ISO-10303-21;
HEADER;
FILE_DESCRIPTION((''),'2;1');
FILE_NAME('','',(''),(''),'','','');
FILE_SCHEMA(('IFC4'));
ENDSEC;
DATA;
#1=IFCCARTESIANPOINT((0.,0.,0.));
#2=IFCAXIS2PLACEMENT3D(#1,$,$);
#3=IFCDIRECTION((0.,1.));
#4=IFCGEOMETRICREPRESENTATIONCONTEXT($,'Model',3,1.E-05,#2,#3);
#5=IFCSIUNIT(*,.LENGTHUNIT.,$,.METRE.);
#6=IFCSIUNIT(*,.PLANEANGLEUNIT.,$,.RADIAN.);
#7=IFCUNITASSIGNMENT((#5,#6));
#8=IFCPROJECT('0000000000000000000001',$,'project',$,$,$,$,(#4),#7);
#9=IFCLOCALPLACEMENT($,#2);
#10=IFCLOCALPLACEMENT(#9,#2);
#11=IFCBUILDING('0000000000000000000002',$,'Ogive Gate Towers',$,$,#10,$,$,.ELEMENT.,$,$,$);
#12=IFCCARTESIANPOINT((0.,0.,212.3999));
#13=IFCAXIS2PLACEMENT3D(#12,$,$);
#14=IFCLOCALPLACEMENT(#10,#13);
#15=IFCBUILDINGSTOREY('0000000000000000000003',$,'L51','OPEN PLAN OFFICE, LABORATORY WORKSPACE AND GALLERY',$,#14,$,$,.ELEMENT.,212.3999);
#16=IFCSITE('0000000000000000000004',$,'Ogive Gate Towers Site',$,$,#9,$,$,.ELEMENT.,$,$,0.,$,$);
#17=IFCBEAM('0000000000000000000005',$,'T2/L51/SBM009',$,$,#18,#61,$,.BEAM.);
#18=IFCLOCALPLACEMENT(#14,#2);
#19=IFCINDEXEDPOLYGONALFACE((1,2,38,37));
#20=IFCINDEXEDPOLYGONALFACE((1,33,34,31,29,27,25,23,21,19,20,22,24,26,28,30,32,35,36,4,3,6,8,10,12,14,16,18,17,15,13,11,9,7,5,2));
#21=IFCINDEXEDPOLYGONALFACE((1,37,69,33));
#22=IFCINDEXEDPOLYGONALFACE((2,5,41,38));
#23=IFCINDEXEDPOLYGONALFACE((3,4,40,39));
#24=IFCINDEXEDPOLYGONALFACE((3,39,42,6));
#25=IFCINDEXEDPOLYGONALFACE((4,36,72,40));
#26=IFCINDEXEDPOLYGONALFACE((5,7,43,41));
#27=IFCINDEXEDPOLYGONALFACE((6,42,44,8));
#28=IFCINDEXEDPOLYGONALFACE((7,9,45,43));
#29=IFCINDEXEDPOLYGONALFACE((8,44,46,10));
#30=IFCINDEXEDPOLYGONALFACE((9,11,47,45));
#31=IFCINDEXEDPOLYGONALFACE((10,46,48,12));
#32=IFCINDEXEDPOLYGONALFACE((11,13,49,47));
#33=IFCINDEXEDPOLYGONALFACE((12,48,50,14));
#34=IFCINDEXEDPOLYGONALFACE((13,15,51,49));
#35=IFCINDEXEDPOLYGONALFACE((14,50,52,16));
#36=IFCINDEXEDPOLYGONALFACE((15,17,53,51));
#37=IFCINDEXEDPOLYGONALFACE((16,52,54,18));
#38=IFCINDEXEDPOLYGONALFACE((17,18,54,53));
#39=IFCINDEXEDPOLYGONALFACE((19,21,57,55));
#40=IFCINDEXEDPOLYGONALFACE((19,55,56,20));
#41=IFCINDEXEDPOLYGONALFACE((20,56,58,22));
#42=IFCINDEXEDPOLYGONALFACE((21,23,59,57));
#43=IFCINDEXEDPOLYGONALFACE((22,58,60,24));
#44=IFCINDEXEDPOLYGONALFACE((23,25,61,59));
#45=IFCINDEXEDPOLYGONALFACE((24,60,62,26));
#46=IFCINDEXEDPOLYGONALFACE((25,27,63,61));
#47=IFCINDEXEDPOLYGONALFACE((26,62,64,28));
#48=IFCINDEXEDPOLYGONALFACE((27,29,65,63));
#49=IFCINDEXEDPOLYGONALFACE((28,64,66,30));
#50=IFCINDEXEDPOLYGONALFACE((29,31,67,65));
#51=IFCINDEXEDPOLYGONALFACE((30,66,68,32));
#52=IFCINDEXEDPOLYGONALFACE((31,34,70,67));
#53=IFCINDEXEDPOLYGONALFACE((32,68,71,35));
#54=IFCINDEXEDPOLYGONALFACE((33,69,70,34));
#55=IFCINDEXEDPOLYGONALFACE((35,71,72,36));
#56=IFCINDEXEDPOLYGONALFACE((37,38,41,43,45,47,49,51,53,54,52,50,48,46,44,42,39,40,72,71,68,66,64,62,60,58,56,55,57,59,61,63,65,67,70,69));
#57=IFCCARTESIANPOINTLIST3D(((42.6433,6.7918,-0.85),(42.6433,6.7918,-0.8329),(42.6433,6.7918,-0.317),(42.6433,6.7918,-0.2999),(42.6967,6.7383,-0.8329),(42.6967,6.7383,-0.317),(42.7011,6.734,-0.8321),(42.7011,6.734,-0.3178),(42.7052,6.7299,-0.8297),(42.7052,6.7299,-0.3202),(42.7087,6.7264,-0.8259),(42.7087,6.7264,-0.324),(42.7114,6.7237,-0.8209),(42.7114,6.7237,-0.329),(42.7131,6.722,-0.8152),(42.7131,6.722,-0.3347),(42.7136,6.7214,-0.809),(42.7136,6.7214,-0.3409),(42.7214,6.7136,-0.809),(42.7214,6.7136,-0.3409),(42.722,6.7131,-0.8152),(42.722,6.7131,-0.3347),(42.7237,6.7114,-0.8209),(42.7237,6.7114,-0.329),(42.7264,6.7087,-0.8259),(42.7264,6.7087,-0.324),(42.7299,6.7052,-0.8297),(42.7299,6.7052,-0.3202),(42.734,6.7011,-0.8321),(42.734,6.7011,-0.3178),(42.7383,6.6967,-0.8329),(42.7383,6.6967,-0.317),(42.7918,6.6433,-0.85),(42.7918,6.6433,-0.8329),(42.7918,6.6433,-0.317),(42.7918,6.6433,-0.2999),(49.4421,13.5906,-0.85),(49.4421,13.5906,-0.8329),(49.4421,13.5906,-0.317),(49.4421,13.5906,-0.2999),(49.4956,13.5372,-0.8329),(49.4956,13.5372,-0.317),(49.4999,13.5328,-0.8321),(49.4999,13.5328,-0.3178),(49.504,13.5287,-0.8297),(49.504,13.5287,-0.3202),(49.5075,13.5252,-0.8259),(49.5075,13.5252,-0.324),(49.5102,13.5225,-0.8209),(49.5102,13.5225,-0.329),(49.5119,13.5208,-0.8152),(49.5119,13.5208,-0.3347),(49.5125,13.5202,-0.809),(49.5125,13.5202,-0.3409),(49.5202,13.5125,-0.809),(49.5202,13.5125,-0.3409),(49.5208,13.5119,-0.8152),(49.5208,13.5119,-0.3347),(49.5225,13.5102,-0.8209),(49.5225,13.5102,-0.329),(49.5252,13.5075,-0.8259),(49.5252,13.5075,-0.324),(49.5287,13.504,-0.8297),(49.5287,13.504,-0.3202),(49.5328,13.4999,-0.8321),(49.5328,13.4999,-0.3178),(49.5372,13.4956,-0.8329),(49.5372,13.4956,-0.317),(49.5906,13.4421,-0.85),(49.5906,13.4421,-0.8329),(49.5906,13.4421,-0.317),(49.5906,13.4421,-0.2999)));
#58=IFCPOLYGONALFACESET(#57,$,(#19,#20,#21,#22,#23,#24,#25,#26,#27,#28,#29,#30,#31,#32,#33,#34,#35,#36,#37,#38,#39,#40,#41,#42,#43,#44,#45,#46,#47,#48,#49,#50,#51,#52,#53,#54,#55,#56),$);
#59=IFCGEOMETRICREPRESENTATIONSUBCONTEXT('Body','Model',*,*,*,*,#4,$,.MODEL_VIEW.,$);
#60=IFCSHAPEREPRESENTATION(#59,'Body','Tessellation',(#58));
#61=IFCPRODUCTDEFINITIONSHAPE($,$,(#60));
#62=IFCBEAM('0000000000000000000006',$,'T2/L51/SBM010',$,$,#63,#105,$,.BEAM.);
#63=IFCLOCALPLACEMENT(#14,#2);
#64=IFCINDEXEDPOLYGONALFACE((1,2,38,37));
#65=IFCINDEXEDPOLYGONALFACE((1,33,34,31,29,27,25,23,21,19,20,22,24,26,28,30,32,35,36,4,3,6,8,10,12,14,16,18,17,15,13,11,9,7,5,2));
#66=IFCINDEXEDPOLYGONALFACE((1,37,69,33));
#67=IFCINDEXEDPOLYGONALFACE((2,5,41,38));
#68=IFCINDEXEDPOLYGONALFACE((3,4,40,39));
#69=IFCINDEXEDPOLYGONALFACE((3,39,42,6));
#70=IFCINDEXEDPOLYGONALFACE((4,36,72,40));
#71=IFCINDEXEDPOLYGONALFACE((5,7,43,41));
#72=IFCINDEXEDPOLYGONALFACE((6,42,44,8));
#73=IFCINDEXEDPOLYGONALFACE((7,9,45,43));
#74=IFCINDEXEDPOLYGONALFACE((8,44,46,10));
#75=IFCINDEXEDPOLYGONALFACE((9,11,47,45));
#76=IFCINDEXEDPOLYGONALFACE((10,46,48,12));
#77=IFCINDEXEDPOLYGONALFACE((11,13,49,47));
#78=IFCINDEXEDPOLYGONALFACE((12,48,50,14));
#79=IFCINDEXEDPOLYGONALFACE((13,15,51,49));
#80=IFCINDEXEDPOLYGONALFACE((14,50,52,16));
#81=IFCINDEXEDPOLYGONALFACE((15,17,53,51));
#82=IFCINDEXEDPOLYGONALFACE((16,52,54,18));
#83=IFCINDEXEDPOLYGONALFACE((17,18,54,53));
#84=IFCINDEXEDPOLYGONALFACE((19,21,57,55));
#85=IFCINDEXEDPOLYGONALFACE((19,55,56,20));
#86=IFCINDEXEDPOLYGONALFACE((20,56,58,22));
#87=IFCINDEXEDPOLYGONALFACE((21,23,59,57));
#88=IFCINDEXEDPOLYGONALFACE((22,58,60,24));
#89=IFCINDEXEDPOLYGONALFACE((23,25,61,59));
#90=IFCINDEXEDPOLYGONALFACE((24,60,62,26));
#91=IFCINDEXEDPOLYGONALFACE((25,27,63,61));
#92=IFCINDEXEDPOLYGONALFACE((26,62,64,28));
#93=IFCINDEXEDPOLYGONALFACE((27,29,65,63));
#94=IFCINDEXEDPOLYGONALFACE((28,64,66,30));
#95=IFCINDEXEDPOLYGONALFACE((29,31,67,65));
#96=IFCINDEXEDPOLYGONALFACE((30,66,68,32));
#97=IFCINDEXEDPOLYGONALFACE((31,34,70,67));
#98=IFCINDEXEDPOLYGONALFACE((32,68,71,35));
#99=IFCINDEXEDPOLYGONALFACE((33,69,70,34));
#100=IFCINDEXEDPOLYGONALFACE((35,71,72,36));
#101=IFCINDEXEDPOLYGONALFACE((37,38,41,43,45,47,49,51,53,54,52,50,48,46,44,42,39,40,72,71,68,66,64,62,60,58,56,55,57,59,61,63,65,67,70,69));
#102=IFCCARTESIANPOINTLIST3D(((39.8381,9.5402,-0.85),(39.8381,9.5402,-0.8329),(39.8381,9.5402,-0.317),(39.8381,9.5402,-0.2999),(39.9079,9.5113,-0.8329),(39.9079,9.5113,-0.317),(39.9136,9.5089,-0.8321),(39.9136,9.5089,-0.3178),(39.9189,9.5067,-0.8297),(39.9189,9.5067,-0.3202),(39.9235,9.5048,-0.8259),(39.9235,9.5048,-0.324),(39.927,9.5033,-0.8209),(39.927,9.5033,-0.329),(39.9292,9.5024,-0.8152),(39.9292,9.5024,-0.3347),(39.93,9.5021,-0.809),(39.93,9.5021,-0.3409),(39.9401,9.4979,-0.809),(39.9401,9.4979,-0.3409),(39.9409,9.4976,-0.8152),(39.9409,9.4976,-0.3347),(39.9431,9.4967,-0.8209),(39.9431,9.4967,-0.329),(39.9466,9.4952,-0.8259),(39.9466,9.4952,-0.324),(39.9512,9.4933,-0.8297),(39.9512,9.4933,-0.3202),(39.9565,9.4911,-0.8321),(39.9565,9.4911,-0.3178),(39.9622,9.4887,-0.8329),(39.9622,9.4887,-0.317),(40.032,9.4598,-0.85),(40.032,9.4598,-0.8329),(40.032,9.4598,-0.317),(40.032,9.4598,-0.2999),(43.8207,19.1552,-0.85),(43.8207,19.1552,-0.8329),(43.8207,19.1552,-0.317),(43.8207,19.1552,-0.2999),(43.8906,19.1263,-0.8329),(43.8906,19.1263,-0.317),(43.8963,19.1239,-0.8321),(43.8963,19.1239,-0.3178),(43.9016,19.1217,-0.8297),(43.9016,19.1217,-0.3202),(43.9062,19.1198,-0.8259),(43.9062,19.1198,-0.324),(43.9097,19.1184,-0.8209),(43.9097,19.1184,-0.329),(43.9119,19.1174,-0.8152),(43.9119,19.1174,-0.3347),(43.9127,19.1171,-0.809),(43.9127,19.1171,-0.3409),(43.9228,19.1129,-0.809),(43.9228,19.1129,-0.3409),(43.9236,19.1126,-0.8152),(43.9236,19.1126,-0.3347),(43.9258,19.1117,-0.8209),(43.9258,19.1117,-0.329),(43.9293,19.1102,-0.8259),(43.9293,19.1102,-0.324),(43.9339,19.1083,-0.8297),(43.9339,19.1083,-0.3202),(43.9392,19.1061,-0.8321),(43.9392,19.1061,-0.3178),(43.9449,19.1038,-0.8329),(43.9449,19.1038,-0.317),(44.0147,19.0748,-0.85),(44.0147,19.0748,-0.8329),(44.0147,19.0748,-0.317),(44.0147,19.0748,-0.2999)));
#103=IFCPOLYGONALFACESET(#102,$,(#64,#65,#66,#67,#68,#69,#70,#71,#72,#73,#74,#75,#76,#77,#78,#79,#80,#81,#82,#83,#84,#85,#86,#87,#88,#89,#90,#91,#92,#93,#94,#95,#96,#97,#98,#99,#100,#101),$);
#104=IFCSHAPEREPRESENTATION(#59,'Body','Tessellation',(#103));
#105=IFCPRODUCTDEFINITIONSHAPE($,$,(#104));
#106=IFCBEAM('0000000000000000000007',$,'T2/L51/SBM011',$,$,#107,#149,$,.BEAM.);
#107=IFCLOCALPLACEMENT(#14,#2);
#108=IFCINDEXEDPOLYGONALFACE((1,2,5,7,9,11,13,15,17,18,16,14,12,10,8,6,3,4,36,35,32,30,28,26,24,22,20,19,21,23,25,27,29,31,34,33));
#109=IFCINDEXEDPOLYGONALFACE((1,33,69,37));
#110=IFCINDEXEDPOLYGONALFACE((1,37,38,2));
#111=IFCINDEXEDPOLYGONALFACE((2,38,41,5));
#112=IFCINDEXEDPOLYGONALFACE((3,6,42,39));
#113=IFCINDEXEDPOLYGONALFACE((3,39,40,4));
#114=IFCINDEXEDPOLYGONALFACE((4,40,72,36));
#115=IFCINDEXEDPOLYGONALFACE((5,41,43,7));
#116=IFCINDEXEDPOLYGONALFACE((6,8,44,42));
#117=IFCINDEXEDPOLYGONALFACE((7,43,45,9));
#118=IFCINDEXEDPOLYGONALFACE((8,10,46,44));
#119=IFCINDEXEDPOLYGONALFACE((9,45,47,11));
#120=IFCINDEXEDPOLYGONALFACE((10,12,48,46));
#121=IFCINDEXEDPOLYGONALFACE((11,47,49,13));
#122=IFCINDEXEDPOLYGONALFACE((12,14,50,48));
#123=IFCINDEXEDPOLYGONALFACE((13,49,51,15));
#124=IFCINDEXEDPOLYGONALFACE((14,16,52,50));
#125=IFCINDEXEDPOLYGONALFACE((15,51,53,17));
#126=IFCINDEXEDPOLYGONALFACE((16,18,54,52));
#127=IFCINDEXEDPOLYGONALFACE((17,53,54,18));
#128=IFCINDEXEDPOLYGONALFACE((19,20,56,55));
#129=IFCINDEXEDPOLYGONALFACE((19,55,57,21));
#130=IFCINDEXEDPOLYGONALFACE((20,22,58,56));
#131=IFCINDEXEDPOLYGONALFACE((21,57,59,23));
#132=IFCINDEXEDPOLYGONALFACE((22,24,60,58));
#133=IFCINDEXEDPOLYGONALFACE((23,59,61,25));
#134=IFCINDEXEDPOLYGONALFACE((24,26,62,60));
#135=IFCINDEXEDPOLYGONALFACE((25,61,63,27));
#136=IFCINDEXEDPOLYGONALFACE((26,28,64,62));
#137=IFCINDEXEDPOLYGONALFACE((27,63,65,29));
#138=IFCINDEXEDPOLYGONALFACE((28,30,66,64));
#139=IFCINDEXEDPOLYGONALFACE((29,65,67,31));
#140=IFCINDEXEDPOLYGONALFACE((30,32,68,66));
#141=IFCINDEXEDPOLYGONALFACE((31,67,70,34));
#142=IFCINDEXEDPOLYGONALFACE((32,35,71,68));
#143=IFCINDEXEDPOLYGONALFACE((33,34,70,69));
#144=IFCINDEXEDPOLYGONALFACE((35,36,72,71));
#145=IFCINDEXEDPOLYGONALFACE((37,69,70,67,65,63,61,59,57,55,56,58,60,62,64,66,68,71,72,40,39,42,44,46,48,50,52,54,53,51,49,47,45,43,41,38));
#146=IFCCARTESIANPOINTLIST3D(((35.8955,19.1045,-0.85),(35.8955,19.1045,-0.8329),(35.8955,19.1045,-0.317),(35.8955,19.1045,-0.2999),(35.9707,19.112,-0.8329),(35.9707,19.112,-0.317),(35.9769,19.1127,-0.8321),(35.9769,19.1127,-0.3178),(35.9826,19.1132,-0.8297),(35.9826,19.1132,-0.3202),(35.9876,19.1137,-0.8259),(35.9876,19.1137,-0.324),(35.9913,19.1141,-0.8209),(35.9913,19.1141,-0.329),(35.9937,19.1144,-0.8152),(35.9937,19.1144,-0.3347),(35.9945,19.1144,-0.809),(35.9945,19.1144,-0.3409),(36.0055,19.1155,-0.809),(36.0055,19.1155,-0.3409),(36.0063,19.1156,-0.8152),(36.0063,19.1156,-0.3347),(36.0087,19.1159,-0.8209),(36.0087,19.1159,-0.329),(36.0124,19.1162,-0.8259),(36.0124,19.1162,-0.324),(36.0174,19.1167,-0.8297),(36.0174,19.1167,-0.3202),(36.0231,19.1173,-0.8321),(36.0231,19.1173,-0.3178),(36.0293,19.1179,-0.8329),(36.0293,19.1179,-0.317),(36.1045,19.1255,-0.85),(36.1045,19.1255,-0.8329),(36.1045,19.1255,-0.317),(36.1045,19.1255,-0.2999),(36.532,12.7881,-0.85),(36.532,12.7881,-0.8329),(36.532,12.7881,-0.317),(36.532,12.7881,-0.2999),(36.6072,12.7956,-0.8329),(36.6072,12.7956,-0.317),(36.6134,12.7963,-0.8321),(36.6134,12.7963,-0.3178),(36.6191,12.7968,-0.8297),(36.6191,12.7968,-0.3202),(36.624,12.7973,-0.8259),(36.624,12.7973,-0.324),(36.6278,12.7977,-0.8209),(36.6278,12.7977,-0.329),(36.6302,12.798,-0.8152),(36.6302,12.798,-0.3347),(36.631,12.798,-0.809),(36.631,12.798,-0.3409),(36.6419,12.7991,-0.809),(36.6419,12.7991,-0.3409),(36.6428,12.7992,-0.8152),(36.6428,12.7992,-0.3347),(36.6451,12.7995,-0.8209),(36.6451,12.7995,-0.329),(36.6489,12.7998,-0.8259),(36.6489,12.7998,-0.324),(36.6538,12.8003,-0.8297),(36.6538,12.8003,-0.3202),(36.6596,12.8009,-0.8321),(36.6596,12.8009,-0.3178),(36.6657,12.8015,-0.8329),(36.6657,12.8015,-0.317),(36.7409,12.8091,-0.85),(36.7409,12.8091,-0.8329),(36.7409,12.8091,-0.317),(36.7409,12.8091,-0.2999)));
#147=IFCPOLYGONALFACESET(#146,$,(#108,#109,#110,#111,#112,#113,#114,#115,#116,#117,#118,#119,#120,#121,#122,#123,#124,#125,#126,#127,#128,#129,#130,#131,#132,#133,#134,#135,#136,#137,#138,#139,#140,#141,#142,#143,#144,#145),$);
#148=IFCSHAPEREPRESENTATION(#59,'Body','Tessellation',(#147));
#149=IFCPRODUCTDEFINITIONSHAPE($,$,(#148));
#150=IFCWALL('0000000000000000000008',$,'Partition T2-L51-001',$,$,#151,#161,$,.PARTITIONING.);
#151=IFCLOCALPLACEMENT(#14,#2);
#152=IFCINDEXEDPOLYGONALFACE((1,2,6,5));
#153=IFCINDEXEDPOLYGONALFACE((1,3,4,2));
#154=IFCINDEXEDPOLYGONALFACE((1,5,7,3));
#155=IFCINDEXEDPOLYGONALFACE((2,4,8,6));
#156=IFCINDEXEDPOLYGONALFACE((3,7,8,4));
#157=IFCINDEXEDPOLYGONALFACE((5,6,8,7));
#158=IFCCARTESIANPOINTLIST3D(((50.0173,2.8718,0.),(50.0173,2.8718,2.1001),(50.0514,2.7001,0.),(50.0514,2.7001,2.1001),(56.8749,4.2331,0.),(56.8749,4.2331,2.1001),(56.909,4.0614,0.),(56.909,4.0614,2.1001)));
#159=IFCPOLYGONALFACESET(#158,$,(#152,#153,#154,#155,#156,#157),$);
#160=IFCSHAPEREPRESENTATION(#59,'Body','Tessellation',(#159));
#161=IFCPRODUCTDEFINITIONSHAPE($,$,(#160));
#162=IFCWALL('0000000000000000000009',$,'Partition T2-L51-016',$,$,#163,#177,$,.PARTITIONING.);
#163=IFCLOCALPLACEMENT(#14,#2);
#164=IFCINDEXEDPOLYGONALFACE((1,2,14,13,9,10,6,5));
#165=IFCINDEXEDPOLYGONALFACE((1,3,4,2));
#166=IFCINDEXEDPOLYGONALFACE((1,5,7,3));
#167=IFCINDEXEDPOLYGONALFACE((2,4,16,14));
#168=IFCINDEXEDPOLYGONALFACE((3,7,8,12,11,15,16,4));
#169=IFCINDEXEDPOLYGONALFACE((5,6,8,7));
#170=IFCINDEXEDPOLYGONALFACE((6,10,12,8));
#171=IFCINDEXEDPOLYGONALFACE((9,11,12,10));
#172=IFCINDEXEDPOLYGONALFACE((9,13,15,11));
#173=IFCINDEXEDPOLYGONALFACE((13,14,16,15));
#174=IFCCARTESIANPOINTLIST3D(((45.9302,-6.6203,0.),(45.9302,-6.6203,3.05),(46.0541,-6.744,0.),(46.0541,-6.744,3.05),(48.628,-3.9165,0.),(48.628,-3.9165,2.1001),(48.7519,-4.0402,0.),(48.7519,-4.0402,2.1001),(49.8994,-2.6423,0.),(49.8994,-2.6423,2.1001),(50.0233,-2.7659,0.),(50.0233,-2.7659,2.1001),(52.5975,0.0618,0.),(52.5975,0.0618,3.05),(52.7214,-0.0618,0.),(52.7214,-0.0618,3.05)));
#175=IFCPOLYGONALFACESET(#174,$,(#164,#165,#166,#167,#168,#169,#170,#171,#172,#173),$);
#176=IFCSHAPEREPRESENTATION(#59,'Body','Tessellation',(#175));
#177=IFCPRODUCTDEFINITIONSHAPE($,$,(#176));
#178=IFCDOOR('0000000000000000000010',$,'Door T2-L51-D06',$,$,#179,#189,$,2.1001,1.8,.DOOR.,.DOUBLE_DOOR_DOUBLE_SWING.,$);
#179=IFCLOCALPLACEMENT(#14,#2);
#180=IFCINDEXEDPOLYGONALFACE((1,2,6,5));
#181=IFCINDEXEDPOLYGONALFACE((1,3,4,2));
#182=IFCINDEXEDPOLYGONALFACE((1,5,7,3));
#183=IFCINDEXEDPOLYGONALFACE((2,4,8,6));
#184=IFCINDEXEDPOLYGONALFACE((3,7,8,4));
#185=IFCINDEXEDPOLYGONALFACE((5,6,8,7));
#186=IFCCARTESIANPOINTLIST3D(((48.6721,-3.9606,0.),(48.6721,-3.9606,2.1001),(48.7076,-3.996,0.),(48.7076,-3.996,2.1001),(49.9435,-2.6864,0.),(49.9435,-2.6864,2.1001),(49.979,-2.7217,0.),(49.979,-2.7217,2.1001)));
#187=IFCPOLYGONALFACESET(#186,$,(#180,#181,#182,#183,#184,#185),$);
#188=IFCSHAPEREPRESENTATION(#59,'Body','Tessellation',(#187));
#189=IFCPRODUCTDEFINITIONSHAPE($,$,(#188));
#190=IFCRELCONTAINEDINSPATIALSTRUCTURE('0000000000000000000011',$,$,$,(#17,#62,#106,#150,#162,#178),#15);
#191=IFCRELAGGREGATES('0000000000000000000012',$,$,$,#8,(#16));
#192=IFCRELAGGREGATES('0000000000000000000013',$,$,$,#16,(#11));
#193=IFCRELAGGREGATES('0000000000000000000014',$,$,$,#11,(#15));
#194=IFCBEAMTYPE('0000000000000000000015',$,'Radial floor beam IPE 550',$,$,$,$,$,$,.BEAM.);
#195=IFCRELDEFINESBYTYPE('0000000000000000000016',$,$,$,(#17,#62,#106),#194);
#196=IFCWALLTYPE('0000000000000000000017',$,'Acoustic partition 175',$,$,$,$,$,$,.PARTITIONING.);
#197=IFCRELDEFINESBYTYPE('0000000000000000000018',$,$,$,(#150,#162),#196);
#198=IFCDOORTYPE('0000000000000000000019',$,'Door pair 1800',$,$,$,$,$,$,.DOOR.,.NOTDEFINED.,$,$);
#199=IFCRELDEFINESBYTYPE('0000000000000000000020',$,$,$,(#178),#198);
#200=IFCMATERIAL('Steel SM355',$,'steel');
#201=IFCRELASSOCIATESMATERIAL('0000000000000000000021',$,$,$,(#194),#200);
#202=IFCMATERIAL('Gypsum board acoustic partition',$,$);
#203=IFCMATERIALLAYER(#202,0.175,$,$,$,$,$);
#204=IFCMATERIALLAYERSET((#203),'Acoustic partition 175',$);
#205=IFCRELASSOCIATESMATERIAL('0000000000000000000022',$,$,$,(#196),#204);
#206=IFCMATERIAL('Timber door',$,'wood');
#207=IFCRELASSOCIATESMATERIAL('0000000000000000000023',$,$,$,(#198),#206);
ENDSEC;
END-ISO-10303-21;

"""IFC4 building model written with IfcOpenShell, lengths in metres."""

from ifc_helpers import new_model, si_unit, direction, frame, frame_2d, origin, origin_2d, place, context, subcontext, project, spatial, rectangle, i_section, extrude, material, layer, layer_set, material_profile, profile_set, type_object, element, fill, save


model = new_model("IFC4")

# Units and contexts
model_context = context("Model", 3, precision=1e-05, world=origin(), true_north=direction((0.0, 1.0)))
body_context = subcontext(model_context, "Body", "Model", "MODEL_VIEW")
ifc_project = project(units=[si_unit("LENGTHUNIT", "METRE"), si_unit("PLANEANGLEUNIT", "RADIAN")], contexts=[model_context])

# Site, building, storey
site_placement = place(None, origin())
site = spatial("IfcSite", under=ifc_project, at=site_placement, Name="Ogive Gate Towers Site", CompositionType="ELEMENT", RefElevation=0.0)
building_placement = place(site_placement, origin())
building = spatial("IfcBuilding", under=site, at=building_placement, Name="Ogive Gate Towers", CompositionType="ELEMENT")
storey_placement = place(building_placement, frame((0.0, 0.0, 212.3999)))
storey = spatial("IfcBuildingStorey", under=building, at=storey_placement, Name="L51", Description="OPEN PLAN OFFICE, LABORATORY WORKSPACE AND GALLERY", CompositionType="ELEMENT", Elevation=212.3999)

# Beams
ifc_material_1 = material(Name="Steel SM355", Category="steel")
ifc_material_profile_1 = material_profile(ifc_material_1, i_section(OverallWidth=0.21, OverallDepth=0.55, WebThickness=0.011, FlangeThickness=0.0171, FilletRadius=0.0239, at=origin_2d()), Name="IPE 550")
ifc_profile_set_1 = profile_set([ifc_material_profile_1], Name="Steel SM355")
beam_type_1 = type_object("IfcBeamType", Name="Radial floor beam IPE 550", PredefinedType="BEAM", material=ifc_profile_set_1)
beam_1_placement = place(storey_placement, frame((42.7175, 6.7175, -0.575), z_axis=(0.707107, 0.707107, 0.0), x_axis=(-0.707107, 0.707107, 0.0)))
element("IfcBeam", 1, at=beam_1_placement, inside=storey, type_object=beam_type_1, Name="T2/L51/SBM009", PredefinedType="BEAM", context=body_context, shape_type="SweptSolid", body=[
    extrude(i_section(OverallWidth=0.21, OverallDepth=0.55, WebThickness=0.011, FlangeThickness=0.0171, FilletRadius=0.0239, at=origin_2d()), origin(), (0.0, 0.0, 1.0), 9.615),
])
beam_2_placement = place(storey_placement, frame((39.9351, 9.5, -0.575), z_axis=(0.382684, 0.923879, 0.0), x_axis=(-0.923879, 0.382684, 0.0)))
element("IfcBeam", 2, at=beam_2_placement, inside=storey, type_object=beam_type_1, Name="T2/L51/SBM010", PredefinedType="BEAM", context=body_context, shape_type="SweptSolid", body=[
    extrude(i_section(OverallWidth=0.21, OverallDepth=0.55, WebThickness=0.011, FlangeThickness=0.0171, FilletRadius=0.0239, at=origin_2d()), origin(), (0.0, 0.0, 1.0), 10.4072),
])
beam_3_placement = place(storey_placement, frame((36.6365, 12.7986, -0.575), z_axis=(-0.100258, 0.994962, 0.0), x_axis=(-0.994962, -0.100258, 0.0)))
element("IfcBeam", 3, at=beam_3_placement, inside=storey, type_object=beam_type_1, Name="T2/L51/SBM011", PredefinedType="BEAM", context=body_context, shape_type="SweptSolid", body=[
    extrude(i_section(OverallWidth=0.21, OverallDepth=0.55, WebThickness=0.011, FlangeThickness=0.0171, FilletRadius=0.0239, at=origin_2d()), origin(), (0.0, 0.0, 1.0), 6.3484),
])

# Wall
ifc_material_2 = material(Name="Gypsum board acoustic partition")
ifc_layer_1 = layer(ifc_material_2, 0.175)
ifc_layer_set_1 = layer_set([ifc_layer_1], Name="Acoustic partition 175")
wall_type_1 = type_object("IfcWallType", Name="Acoustic partition 175", PredefinedType="PARTITIONING", material=ifc_layer_set_1)
wall_1_placement = place(storey_placement, frame((56.8918, 4.1472, 0.0), z_axis=(0.0, 0.0, 1.0), x_axis=(-0.98086, -0.194712, 0.0)))
element("IfcWall", 4, at=wall_1_placement, inside=storey, type_object=wall_type_1, Name="Partition T2-L51-001", PredefinedType="PARTITIONING", context=body_context, shape_type="SweptSolid", body=[
    extrude(rectangle(XDim=6.9915, YDim=0.175, at=frame_2d((3.4956, 0.0))), origin(), (0.0, 0.0, 1.0), 2.1001),
])

# Wall, opening, door
wall_2_placement = place(storey_placement, frame((52.6594, 0.0, 0.0), z_axis=(0.0, 0.0, 1.0), x_axis=(-0.706317, -0.707895, 0.0)))
wall_2 = element("IfcWall", 5, at=wall_2_placement, inside=storey, type_object=wall_type_1, Name="Partition T2-L51-016", PredefinedType="PARTITIONING", context=body_context, shape_type="SweptSolid", body=[
    extrude(rectangle(XDim=9.4395, YDim=0.175, at=frame_2d((4.7197, 0.0))), origin(), (0.0, 0.0, 1.0), 3.05),
])
opening_1_placement = place(wall_2_placement, frame((3.8201, 0.0, 0.0)))
opening_1 = element("IfcOpeningElement", 6, at=opening_1_placement, cuts=wall_2, PredefinedType="OPENING", context=body_context, shape_type="SweptSolid", body=[
    extrude(rectangle(XDim=1.8, YDim=2.1001, at=frame_2d((0.8999, 1.05))), frame((0.0, 0.0977, 0.0), z_axis=(0.0, -1.0, 0.0), x_axis=(1.0, 0.0, 0.0)), (0.0, 0.0, 1.0), 0.1951),
])
ifc_material_3 = material(Name="Timber door", Category="wood")
door_type_1 = type_object("IfcDoorType", Name="Door pair 1800", OperationType="NOTDEFINED", PredefinedType="DOOR", material=ifc_material_3)
door_1_placement = place(opening_1_placement, origin())
door_1 = element("IfcDoor", 7, at=door_1_placement, inside=storey, type_object=door_type_1, Name="Door T2-L51-D06", OperationType="DOUBLE_DOOR_DOUBLE_SWING", OverallHeight=2.1001, OverallWidth=1.8, PredefinedType="DOOR", context=body_context, shape_type="SweptSolid", body=[
    extrude(rectangle(XDim=1.8, YDim=2.1001, at=frame_2d((0.8999, 1.05))), frame((0.0, 0.0249, 0.0), z_axis=(0.0, -1.0, 0.0), x_axis=(1.0, 0.0, 0.0)), (0.0, 0.0, 1.0), 0.05),
])
fill(opening_1, door_1)

save(model, "model.ifc")
